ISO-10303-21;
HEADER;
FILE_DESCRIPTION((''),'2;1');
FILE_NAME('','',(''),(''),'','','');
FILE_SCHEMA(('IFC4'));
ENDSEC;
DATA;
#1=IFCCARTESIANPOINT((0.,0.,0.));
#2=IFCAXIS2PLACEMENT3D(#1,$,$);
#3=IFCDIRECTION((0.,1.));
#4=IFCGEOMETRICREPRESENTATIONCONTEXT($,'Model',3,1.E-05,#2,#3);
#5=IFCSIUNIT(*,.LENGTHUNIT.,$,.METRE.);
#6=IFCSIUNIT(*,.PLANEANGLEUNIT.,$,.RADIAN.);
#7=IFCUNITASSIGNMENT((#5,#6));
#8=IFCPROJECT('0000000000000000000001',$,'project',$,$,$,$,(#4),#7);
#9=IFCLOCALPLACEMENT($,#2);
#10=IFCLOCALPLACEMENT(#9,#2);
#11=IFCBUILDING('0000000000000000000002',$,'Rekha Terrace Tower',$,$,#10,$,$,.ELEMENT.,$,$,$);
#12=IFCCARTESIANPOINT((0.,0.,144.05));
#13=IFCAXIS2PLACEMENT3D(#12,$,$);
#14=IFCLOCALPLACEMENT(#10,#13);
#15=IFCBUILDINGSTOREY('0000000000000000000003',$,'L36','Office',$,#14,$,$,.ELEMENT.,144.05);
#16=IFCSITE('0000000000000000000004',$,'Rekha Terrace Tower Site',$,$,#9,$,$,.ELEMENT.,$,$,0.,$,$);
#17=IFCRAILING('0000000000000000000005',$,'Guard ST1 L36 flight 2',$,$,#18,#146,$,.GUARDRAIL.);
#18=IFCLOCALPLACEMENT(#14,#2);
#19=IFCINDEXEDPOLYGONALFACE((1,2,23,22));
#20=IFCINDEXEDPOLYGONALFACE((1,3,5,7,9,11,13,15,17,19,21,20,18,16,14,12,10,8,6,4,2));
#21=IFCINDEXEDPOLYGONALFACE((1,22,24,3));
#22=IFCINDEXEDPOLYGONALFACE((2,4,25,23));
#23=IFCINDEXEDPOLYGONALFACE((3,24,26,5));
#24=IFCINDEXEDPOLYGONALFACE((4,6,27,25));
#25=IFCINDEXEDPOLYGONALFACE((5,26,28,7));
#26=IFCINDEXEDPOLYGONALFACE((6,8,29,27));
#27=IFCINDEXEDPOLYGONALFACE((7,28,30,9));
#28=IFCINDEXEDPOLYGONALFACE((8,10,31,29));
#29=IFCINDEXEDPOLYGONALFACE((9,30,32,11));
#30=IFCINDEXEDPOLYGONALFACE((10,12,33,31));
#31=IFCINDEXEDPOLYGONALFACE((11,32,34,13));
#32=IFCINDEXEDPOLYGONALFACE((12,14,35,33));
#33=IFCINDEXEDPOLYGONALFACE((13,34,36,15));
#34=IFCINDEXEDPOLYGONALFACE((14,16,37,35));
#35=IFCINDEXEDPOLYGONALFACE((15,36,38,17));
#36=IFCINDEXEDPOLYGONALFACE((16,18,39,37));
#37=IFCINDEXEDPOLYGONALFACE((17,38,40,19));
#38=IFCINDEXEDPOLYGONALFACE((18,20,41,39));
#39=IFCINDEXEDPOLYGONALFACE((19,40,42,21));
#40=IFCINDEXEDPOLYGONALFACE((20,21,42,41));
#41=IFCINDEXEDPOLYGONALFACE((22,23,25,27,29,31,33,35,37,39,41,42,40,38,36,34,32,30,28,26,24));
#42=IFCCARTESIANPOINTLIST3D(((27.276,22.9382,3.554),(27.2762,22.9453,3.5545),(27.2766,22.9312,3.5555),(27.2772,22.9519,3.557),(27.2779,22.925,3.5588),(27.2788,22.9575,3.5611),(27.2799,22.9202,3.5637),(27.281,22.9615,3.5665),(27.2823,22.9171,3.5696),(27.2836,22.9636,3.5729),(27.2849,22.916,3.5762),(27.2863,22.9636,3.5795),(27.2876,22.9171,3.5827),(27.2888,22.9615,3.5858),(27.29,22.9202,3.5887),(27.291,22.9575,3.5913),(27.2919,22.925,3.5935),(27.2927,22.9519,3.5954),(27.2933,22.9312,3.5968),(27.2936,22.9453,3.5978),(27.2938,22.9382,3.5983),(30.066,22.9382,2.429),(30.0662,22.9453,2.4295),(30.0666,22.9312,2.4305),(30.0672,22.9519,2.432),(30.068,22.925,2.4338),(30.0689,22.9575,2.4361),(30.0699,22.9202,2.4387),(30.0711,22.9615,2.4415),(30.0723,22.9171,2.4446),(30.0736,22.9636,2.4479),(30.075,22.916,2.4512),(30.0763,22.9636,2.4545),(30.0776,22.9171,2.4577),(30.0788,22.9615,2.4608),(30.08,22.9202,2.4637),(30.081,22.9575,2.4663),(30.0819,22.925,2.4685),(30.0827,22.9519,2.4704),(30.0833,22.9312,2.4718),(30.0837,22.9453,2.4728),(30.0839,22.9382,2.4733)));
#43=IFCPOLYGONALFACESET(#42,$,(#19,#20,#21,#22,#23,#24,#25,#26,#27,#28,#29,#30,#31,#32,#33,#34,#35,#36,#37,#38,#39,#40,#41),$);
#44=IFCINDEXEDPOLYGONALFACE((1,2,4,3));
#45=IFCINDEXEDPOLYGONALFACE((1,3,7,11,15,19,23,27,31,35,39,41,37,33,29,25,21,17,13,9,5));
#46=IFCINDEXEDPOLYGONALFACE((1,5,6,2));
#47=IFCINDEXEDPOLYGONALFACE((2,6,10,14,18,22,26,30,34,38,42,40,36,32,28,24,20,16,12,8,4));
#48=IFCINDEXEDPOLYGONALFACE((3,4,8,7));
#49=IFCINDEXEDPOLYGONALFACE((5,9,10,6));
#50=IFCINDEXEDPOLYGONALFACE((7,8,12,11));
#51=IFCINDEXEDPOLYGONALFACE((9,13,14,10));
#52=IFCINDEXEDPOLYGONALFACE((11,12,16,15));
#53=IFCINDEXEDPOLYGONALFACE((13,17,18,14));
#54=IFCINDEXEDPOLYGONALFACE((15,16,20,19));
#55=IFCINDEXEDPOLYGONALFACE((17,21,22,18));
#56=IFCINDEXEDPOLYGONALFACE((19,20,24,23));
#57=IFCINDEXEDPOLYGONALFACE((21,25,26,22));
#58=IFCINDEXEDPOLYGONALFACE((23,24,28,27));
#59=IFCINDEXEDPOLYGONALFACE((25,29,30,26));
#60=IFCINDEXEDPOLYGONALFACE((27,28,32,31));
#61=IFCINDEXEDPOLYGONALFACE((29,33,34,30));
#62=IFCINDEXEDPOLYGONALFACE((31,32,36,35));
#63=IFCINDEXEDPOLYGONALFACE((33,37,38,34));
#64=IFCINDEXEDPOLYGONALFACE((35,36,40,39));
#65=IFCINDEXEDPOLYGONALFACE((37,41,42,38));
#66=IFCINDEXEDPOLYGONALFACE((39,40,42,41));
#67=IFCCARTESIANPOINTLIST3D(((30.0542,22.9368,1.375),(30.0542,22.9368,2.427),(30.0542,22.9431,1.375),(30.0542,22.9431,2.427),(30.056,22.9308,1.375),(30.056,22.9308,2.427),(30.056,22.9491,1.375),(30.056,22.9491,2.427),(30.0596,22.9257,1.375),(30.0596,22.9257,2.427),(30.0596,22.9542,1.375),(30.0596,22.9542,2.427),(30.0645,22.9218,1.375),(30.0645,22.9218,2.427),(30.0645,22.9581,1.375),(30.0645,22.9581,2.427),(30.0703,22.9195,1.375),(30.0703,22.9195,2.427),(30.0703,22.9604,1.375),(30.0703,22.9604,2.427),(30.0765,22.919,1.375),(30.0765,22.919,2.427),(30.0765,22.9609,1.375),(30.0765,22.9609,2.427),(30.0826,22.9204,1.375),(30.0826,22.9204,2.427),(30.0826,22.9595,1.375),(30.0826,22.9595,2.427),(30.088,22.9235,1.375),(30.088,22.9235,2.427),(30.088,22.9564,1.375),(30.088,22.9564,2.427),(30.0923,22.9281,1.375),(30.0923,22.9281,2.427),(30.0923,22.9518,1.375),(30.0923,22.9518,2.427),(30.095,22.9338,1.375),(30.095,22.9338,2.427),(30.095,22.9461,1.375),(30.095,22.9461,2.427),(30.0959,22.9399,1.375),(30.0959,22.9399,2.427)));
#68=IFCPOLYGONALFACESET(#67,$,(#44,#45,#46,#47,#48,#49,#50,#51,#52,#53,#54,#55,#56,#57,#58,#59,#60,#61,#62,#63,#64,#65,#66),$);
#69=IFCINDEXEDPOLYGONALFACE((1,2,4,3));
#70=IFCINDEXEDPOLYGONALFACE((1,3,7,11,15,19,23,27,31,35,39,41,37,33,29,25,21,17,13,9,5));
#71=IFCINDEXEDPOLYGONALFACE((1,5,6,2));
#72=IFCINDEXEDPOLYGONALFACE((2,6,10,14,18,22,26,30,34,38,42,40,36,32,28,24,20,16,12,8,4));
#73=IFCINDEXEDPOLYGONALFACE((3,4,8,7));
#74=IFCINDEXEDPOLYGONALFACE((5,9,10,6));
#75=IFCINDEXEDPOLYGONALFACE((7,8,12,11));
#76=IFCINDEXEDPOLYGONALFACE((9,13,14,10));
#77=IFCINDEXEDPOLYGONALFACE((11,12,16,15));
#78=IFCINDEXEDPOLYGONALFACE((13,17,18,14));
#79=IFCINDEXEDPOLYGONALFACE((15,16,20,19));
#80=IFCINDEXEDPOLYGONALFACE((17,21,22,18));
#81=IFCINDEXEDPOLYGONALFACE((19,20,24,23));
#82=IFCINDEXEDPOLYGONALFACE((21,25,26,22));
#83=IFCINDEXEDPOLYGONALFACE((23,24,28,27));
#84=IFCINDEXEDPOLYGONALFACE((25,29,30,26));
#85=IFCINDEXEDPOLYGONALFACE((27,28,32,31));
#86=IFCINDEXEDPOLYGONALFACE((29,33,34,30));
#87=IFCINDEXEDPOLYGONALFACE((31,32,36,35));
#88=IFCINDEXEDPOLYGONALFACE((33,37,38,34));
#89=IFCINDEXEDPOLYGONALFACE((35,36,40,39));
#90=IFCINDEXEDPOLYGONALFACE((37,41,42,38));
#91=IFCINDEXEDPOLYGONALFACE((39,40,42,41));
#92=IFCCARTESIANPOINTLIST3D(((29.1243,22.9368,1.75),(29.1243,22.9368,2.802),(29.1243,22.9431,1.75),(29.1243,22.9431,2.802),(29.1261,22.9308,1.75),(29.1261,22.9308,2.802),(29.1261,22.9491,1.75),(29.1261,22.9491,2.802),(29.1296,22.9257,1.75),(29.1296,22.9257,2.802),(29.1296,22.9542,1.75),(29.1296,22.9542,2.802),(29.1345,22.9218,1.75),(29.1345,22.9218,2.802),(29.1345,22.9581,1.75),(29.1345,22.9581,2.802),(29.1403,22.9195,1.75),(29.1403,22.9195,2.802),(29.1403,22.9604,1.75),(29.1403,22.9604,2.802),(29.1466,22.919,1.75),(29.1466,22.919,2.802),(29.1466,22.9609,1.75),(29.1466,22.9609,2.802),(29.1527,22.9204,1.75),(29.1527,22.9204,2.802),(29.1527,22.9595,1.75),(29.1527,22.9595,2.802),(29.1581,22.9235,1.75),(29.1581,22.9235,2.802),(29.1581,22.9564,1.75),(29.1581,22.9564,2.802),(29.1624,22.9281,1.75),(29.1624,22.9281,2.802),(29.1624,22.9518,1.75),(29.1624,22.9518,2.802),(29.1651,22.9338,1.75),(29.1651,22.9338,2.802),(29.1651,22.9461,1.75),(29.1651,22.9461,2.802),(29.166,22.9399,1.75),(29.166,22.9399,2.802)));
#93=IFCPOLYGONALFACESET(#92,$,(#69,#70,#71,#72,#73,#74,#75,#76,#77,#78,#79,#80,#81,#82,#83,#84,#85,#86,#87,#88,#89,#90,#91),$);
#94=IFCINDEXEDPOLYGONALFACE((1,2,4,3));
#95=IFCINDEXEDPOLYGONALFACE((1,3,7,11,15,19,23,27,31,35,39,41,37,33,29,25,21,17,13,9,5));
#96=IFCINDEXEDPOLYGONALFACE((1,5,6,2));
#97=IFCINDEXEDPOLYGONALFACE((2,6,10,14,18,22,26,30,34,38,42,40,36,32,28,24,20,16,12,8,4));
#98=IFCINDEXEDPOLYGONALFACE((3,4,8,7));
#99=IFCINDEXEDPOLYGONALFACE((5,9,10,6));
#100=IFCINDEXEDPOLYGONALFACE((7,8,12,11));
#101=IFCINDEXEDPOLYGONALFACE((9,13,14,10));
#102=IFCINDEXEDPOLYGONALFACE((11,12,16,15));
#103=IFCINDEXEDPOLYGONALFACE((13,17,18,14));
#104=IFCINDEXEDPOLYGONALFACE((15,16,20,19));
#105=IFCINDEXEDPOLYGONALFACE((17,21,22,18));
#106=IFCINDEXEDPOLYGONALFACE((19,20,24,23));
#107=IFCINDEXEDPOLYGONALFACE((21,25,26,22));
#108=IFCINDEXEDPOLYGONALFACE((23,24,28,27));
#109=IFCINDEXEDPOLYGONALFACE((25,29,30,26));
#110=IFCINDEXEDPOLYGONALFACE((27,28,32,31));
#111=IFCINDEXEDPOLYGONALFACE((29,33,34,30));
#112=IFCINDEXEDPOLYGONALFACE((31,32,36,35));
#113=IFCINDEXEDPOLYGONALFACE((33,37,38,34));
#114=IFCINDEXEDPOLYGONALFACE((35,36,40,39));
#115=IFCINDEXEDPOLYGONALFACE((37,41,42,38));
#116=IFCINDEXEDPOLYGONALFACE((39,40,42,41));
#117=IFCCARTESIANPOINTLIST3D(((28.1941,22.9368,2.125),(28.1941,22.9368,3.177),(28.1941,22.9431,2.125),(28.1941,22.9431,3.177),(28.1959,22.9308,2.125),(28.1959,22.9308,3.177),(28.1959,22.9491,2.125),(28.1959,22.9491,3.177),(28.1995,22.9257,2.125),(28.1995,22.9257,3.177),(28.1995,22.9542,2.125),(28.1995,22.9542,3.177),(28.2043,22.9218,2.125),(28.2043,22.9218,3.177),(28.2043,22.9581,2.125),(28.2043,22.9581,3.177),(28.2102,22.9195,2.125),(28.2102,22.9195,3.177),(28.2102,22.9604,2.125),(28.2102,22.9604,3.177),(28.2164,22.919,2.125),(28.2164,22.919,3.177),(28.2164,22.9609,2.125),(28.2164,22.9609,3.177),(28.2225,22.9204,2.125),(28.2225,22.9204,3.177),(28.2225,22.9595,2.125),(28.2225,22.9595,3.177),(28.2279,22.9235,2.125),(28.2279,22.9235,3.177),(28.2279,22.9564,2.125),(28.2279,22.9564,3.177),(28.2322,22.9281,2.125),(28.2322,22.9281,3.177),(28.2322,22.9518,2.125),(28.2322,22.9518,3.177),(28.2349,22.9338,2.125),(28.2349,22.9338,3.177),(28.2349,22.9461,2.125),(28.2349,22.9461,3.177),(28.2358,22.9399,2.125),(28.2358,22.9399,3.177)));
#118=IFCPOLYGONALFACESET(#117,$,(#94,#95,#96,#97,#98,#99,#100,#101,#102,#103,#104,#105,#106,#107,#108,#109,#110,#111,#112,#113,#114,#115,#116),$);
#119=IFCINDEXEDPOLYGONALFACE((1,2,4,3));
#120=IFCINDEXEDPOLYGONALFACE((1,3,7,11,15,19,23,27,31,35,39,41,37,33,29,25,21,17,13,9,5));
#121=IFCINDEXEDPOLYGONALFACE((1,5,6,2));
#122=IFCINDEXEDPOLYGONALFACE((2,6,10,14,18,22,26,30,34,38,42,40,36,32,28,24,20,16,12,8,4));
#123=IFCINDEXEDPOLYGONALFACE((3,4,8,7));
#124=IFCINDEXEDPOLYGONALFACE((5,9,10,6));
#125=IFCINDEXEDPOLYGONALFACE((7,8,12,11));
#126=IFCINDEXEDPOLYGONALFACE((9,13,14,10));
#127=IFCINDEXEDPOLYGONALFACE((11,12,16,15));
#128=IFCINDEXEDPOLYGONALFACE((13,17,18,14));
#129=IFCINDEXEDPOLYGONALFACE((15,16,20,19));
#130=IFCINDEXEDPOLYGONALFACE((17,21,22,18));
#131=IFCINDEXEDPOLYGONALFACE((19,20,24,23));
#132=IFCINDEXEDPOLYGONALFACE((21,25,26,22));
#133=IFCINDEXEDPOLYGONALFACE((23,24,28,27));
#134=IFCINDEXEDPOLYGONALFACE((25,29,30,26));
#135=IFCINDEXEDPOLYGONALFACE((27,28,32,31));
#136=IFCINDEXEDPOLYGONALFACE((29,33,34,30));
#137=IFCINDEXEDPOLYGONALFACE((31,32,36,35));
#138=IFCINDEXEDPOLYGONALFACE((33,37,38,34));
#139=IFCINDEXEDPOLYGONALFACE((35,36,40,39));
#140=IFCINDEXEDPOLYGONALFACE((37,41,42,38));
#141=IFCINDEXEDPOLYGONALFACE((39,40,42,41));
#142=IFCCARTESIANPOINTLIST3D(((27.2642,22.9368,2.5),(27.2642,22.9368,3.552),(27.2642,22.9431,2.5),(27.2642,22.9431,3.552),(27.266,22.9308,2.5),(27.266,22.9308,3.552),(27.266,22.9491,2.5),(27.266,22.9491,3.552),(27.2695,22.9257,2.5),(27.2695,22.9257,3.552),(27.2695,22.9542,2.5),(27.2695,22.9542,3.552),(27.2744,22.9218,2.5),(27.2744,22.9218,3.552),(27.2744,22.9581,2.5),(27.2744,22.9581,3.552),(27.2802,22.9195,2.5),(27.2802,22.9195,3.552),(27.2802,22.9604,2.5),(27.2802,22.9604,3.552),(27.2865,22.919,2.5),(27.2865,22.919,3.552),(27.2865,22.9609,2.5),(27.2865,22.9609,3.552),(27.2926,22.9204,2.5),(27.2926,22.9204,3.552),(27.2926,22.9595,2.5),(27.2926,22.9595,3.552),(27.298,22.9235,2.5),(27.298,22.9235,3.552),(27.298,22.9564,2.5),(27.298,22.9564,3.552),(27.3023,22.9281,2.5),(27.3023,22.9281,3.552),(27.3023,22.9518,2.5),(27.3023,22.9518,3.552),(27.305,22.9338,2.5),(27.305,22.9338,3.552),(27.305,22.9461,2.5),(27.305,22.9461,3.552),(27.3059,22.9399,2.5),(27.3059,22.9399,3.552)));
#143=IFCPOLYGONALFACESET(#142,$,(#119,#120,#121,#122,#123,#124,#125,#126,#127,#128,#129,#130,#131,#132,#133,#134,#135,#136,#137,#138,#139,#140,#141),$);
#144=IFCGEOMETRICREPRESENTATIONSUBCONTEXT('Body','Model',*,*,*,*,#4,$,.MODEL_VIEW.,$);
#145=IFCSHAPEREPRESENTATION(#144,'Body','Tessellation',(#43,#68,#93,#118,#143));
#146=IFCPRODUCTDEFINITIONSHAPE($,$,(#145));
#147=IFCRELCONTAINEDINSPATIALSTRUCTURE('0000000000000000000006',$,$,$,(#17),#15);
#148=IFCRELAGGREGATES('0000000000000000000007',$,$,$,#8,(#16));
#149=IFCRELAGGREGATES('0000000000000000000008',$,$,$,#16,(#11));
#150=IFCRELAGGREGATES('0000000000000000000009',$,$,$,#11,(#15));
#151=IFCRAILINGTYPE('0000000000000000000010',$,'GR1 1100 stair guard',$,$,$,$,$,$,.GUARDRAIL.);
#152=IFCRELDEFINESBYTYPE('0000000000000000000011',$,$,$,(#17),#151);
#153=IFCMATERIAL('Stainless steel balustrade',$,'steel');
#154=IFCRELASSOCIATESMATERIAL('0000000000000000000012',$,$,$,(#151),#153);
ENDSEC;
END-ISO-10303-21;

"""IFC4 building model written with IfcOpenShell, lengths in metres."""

from ifc_helpers import new_model, si_unit, direction, frame, origin, origin_2d, place, context, subcontext, project, spatial, circle, extrude, material, type_object, element, save


model = new_model("IFC4")

# Units and contexts
model_context = context("Model", 3, precision=1e-05, world=origin(), true_north=direction((0.0, 1.0)))
body_context = subcontext(model_context, "Body", "Model", "MODEL_VIEW")
ifc_project = project(units=[si_unit("LENGTHUNIT", "METRE"), si_unit("PLANEANGLEUNIT", "RADIAN")], contexts=[model_context])

# Site, building, storey
site_placement = place(None, origin())
site = spatial("IfcSite", under=ifc_project, at=site_placement, Name="Rekha Terrace Tower Site", CompositionType="ELEMENT", RefElevation=0.0)
building_placement = place(site_placement, origin())
building = spatial("IfcBuilding", under=site, at=building_placement, Name="Rekha Terrace Tower", CompositionType="ELEMENT")
storey_placement = place(building_placement, frame((0.0, 0.0, 144.05)))
storey = spatial("IfcBuildingStorey", under=building, at=storey_placement, Name="L36", Description="Office", CompositionType="ELEMENT", Elevation=144.05)

# Railing
ifc_material_1 = material(Name="Stainless steel balustrade", Category="steel")
railing_type_1 = type_object("IfcRailingType", Name="GR1 1100 stair guard", PredefinedType="GUARDRAIL", material=ifc_material_1)
railing_1_placement = place(storey_placement, frame((30.075, 22.9399, 1.375)))
element("IfcRailing", 1, at=railing_1_placement, inside=storey, type_object=railing_type_1, Name="Guard ST1 L36 flight 2", PredefinedType="GUARDRAIL", context=body_context, shape_type="SweptSolid", body=[
    extrude(circle(Radius=0.0239, at=origin_2d()), frame((0.0, 0.0, 1.0762), z_axis=(-0.927443, 0.0, 0.373964), x_axis=(0.0, -1.0, 0.0)), (0.0, 0.0, 1.0), 3.0083),
    extrude(circle(Radius=0.021, at=origin_2d()), origin(), (0.0, 0.0, 1.0), 1.052),
    extrude(circle(Radius=0.021, at=origin_2d()), frame((-0.9299, 0.0, 0.375)), (0.0, 0.0, 1.0), 1.052),
    extrude(circle(Radius=0.021, at=origin_2d()), frame((-1.8601, 0.0, 0.75)), (0.0, 0.0, 1.0), 1.052),
    extrude(circle(Radius=0.021, at=origin_2d()), frame((-2.79, 0.0, 1.125)), (0.0, 0.0, 1.0), 1.052),
])

save(model, "model.ifc")
